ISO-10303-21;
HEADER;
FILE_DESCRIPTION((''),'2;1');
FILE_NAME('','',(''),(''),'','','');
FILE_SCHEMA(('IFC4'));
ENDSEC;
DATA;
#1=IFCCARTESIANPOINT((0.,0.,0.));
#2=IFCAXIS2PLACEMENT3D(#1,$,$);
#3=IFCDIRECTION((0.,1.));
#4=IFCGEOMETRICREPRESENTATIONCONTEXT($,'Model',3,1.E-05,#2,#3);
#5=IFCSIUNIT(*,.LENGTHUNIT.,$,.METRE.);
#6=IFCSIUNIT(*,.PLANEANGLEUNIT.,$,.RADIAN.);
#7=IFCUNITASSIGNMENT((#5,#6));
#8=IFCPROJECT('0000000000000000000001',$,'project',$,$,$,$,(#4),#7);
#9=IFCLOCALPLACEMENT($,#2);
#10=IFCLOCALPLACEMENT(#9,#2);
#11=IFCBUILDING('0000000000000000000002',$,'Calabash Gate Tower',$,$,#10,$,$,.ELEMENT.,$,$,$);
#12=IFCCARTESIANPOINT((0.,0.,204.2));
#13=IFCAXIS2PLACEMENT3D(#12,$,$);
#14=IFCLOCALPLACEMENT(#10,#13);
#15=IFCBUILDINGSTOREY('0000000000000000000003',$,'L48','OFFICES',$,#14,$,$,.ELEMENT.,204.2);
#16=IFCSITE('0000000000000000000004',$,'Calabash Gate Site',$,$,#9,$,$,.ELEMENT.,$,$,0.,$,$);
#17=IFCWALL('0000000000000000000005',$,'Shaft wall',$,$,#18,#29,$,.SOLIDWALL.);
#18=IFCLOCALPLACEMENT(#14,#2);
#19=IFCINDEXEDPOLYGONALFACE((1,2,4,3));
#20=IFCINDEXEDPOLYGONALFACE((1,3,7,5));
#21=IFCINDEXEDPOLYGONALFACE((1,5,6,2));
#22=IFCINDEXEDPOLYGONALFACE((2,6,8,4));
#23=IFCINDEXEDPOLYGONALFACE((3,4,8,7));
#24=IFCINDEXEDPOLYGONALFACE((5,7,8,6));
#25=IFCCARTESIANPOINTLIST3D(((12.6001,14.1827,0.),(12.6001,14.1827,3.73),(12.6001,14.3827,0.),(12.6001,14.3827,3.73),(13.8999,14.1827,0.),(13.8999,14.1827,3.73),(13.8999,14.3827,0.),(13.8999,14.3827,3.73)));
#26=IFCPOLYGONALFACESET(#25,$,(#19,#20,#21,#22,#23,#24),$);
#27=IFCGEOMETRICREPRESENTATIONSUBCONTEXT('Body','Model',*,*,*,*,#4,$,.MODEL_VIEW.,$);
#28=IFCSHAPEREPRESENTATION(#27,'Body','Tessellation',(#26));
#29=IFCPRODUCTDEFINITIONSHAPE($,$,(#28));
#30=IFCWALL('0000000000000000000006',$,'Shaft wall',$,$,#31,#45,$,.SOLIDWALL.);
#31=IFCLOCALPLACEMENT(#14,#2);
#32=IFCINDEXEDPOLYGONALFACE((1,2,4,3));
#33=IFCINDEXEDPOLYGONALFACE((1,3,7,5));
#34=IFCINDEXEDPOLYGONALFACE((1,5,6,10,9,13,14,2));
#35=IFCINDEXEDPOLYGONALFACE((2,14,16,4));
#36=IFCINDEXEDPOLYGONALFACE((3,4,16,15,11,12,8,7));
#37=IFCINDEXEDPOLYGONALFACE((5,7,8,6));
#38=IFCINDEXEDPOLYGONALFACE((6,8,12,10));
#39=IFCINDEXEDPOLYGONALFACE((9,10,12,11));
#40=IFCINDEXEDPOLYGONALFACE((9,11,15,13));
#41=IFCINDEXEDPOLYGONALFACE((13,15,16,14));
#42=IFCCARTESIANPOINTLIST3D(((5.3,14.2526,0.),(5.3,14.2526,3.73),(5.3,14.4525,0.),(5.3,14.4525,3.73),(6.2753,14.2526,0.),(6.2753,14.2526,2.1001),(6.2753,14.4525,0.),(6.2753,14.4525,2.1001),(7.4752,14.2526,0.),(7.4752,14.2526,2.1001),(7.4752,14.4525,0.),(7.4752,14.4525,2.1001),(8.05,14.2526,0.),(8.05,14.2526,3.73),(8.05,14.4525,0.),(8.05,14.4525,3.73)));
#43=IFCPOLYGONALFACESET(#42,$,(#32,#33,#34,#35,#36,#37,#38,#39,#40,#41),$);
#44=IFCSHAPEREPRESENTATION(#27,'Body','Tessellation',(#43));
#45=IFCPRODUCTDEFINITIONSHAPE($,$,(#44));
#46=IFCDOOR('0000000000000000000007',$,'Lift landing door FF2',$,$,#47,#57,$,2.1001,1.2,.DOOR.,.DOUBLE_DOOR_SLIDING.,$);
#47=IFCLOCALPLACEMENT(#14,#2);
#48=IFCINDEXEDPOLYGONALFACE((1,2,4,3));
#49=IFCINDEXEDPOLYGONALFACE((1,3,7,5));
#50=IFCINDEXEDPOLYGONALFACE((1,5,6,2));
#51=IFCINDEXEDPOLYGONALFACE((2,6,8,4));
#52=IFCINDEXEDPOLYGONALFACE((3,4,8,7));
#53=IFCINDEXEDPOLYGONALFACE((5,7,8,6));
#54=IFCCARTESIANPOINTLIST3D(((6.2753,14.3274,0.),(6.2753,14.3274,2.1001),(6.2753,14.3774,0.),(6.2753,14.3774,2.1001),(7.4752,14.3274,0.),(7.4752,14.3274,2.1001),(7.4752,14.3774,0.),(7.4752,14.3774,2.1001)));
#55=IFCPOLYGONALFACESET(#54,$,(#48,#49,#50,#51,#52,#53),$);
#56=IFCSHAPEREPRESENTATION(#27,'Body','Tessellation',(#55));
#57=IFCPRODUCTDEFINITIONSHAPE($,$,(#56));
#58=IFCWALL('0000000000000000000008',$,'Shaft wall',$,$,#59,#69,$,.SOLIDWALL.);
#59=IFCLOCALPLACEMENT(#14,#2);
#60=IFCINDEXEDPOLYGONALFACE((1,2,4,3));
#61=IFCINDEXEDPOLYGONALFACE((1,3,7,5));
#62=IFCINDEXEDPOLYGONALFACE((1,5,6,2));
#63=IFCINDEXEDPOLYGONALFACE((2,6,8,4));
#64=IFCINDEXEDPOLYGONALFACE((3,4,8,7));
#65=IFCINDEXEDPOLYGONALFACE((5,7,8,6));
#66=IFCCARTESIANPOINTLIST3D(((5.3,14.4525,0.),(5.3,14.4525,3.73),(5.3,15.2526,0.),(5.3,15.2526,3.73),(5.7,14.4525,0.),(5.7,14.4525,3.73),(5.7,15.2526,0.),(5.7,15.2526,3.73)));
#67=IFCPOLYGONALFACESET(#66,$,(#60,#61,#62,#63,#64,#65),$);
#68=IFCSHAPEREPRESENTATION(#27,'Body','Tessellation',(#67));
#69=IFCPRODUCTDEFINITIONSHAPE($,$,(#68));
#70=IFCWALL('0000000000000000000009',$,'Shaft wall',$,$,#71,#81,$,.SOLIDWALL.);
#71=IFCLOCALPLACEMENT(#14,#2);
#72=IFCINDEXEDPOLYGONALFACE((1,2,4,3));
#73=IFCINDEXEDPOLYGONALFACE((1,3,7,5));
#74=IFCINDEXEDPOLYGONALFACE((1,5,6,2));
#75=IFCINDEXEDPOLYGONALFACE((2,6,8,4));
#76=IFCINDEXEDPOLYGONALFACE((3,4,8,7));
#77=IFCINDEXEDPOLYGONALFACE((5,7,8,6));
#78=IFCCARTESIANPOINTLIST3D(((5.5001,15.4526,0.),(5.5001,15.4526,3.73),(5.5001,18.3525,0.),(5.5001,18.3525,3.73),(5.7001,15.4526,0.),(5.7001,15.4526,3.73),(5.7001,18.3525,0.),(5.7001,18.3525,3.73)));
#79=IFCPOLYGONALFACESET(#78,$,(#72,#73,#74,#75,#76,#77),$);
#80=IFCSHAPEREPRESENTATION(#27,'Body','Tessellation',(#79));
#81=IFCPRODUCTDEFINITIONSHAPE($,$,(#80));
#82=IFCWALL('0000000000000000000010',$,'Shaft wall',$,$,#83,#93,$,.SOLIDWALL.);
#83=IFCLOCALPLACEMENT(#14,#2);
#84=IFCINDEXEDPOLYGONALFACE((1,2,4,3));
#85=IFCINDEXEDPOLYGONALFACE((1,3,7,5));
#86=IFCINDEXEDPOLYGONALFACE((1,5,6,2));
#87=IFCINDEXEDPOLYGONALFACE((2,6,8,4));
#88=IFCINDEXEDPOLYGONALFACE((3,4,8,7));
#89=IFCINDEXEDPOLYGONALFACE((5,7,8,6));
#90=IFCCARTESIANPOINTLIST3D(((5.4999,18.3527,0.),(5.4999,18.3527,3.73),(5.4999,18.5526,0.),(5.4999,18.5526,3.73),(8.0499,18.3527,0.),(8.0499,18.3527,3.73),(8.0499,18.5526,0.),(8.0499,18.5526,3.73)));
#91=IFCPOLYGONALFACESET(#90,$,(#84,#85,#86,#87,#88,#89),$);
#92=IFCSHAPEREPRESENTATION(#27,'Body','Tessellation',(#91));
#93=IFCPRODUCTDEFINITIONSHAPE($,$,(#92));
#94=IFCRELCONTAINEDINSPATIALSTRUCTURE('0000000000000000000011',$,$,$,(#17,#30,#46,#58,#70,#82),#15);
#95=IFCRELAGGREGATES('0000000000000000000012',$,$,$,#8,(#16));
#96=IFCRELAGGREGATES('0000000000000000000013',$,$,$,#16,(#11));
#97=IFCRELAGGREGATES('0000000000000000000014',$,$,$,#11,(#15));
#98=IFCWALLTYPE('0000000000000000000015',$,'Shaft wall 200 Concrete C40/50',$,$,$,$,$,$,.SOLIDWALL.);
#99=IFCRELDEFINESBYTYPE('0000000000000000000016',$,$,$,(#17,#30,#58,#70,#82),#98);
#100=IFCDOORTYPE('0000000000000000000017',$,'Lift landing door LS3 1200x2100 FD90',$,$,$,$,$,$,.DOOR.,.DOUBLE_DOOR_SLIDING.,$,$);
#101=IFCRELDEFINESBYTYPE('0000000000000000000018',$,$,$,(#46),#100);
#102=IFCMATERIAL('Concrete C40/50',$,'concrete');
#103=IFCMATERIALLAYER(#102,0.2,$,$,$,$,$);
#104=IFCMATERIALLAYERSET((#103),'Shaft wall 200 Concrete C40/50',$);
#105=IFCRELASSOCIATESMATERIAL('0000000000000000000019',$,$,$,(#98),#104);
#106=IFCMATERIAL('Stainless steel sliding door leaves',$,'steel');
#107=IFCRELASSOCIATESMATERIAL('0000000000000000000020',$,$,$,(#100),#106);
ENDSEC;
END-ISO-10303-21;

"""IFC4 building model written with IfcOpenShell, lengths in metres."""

from ifc_helpers import new_model, si_unit, direction, frame, frame_2d, origin, place, context, subcontext, project, spatial, rectangle, extrude, material, layer, layer_set, type_object, element, fill, save


model = new_model("IFC4")

# Units and contexts
model_context = context("Model", 3, precision=1e-05, world=origin(), true_north=direction((0.0, 1.0)))
body_context = subcontext(model_context, "Body", "Model", "MODEL_VIEW")
ifc_project = project(units=[si_unit("LENGTHUNIT", "METRE"), si_unit("PLANEANGLEUNIT", "RADIAN")], contexts=[model_context])

# Site, building, storey
site_placement = place(None, origin())
site = spatial("IfcSite", under=ifc_project, at=site_placement, Name="Calabash Gate Site", CompositionType="ELEMENT", RefElevation=0.0)
building_placement = place(site_placement, origin())
building = spatial("IfcBuilding", under=site, at=building_placement, Name="Calabash Gate Tower", CompositionType="ELEMENT")
storey_placement = place(building_placement, frame((0.0, 0.0, 204.2)))
storey = spatial("IfcBuildingStorey", under=building, at=storey_placement, Name="L48", Description="OFFICES", CompositionType="ELEMENT", Elevation=204.2)

# Shared definitions
ifc_material_1 = material(Name="Concrete C40/50", Category="concrete")
ifc_layer_1 = layer(ifc_material_1, 0.2)
ifc_layer_set_1 = layer_set([ifc_layer_1], Name="Shaft wall 200 Concrete C40/50")
wall_type_1 = type_object("IfcWallType", Name="Shaft wall 200 Concrete C40/50", PredefinedType="SOLIDWALL", material=ifc_layer_set_1)

# Wall
wall_1_placement = place(storey_placement, frame((12.6001, 14.2827, 0.0), z_axis=(0.0, 0.0, 1.0), x_axis=(1.0, 0.0, 0.0)))
element("IfcWall", 1, at=wall_1_placement, inside=storey, type_object=wall_type_1, Name="Shaft wall", PredefinedType="SOLIDWALL", context=body_context, shape_type="SweptSolid", body=[
    extrude(rectangle(XDim=1.2998, YDim=0.2, at=frame_2d((0.6499, 0.0))), origin(), (0.0, 0.0, 1.0), 3.73),
])

# Wall, opening, door
wall_2_placement = place(storey_placement, frame((5.3, 14.3525, 0.0), z_axis=(0.0, 0.0, 1.0), x_axis=(1.0, 0.0, 0.0)))
wall_2 = element("IfcWall", 2, at=wall_2_placement, inside=storey, type_object=wall_type_1, Name="Shaft wall", PredefinedType="SOLIDWALL", context=body_context, shape_type="SweptSolid", body=[
    extrude(rectangle(XDim=2.75, YDim=0.2, at=frame_2d((1.375, 0.0))), origin(), (0.0, 0.0, 1.0), 3.73),
])
opening_1_placement = place(wall_2_placement, frame((0.9751, 0.0, 0.0)))
opening_1 = element("IfcOpeningElement", 3, at=opening_1_placement, cuts=wall_2, PredefinedType="OPENING", context=body_context, shape_type="SweptSolid", body=[
    extrude(rectangle(XDim=1.2, YDim=2.1001, at=frame_2d((0.6001, 1.05))), frame((0.0, 0.1099, 0.0), z_axis=(0.0, -1.0, 0.0), x_axis=(1.0, 0.0, 0.0)), (0.0, 0.0, 1.0), 0.22),
])
ifc_material_2 = material(Name="Stainless steel sliding door leaves", Category="steel")
door_type_1 = type_object("IfcDoorType", Name="Lift landing door LS3 1200x2100 FD90", OperationType="DOUBLE_DOOR_SLIDING", PredefinedType="DOOR", material=ifc_material_2)
door_1_placement = place(opening_1_placement, origin())
door_1 = element("IfcDoor", 4, at=door_1_placement, inside=storey, type_object=door_type_1, Name="Lift landing door FF2", OperationType="DOUBLE_DOOR_SLIDING", OverallHeight=2.1001, OverallWidth=1.2, PredefinedType="DOOR", context=body_context, shape_type="SweptSolid", body=[
    extrude(rectangle(XDim=1.2, YDim=2.1001, at=frame_2d((0.6001, 1.05))), frame((0.0, 0.0249, 0.0), z_axis=(0.0, -1.0, 0.0), x_axis=(1.0, 0.0, 0.0)), (0.0, 0.0, 1.0), 0.05),
])
fill(opening_1, door_1)

# Walls
wall_3_placement = place(storey_placement, frame((5.5, 14.4526, 0.0), z_axis=(0.0, 0.0, 1.0), x_axis=(0.0, 1.0, 0.0)))
element("IfcWall", 5, at=wall_3_placement, inside=storey, type_object=wall_type_1, Name="Shaft wall", PredefinedType="SOLIDWALL", context=body_context, shape_type="SweptSolid", body=[
    extrude(rectangle(XDim=0.8, YDim=0.3999, at=frame_2d((0.3999, 0.0))), origin(), (0.0, 0.0, 1.0), 3.73),
])
wall_4_placement = place(storey_placement, frame((5.6001, 15.4526, 0.0), z_axis=(0.0, 0.0, 1.0), x_axis=(0.0, 1.0, 0.0)))
element("IfcWall", 6, at=wall_4_placement, inside=storey, type_object=wall_type_1, Name="Shaft wall", PredefinedType="SOLIDWALL", context=body_context, shape_type="SweptSolid", body=[
    extrude(rectangle(XDim=2.8999, YDim=0.2, at=frame_2d((1.45, 0.0))), origin(), (0.0, 0.0, 1.0), 3.73),
])
wall_5_placement = place(storey_placement, frame((5.5, 18.4526, 0.0), z_axis=(0.0, 0.0, 1.0), x_axis=(1.0, 0.0, 0.0)))
element("IfcWall", 7, at=wall_5_placement, inside=storey, type_object=wall_type_1, Name="Shaft wall", PredefinedType="SOLIDWALL", context=body_context, shape_type="SweptSolid", body=[
    extrude(rectangle(XDim=2.55, YDim=0.2, at=frame_2d((1.2749, 0.0))), origin(), (0.0, 0.0, 1.0), 3.73),
])

save(model, "model.ifc")
